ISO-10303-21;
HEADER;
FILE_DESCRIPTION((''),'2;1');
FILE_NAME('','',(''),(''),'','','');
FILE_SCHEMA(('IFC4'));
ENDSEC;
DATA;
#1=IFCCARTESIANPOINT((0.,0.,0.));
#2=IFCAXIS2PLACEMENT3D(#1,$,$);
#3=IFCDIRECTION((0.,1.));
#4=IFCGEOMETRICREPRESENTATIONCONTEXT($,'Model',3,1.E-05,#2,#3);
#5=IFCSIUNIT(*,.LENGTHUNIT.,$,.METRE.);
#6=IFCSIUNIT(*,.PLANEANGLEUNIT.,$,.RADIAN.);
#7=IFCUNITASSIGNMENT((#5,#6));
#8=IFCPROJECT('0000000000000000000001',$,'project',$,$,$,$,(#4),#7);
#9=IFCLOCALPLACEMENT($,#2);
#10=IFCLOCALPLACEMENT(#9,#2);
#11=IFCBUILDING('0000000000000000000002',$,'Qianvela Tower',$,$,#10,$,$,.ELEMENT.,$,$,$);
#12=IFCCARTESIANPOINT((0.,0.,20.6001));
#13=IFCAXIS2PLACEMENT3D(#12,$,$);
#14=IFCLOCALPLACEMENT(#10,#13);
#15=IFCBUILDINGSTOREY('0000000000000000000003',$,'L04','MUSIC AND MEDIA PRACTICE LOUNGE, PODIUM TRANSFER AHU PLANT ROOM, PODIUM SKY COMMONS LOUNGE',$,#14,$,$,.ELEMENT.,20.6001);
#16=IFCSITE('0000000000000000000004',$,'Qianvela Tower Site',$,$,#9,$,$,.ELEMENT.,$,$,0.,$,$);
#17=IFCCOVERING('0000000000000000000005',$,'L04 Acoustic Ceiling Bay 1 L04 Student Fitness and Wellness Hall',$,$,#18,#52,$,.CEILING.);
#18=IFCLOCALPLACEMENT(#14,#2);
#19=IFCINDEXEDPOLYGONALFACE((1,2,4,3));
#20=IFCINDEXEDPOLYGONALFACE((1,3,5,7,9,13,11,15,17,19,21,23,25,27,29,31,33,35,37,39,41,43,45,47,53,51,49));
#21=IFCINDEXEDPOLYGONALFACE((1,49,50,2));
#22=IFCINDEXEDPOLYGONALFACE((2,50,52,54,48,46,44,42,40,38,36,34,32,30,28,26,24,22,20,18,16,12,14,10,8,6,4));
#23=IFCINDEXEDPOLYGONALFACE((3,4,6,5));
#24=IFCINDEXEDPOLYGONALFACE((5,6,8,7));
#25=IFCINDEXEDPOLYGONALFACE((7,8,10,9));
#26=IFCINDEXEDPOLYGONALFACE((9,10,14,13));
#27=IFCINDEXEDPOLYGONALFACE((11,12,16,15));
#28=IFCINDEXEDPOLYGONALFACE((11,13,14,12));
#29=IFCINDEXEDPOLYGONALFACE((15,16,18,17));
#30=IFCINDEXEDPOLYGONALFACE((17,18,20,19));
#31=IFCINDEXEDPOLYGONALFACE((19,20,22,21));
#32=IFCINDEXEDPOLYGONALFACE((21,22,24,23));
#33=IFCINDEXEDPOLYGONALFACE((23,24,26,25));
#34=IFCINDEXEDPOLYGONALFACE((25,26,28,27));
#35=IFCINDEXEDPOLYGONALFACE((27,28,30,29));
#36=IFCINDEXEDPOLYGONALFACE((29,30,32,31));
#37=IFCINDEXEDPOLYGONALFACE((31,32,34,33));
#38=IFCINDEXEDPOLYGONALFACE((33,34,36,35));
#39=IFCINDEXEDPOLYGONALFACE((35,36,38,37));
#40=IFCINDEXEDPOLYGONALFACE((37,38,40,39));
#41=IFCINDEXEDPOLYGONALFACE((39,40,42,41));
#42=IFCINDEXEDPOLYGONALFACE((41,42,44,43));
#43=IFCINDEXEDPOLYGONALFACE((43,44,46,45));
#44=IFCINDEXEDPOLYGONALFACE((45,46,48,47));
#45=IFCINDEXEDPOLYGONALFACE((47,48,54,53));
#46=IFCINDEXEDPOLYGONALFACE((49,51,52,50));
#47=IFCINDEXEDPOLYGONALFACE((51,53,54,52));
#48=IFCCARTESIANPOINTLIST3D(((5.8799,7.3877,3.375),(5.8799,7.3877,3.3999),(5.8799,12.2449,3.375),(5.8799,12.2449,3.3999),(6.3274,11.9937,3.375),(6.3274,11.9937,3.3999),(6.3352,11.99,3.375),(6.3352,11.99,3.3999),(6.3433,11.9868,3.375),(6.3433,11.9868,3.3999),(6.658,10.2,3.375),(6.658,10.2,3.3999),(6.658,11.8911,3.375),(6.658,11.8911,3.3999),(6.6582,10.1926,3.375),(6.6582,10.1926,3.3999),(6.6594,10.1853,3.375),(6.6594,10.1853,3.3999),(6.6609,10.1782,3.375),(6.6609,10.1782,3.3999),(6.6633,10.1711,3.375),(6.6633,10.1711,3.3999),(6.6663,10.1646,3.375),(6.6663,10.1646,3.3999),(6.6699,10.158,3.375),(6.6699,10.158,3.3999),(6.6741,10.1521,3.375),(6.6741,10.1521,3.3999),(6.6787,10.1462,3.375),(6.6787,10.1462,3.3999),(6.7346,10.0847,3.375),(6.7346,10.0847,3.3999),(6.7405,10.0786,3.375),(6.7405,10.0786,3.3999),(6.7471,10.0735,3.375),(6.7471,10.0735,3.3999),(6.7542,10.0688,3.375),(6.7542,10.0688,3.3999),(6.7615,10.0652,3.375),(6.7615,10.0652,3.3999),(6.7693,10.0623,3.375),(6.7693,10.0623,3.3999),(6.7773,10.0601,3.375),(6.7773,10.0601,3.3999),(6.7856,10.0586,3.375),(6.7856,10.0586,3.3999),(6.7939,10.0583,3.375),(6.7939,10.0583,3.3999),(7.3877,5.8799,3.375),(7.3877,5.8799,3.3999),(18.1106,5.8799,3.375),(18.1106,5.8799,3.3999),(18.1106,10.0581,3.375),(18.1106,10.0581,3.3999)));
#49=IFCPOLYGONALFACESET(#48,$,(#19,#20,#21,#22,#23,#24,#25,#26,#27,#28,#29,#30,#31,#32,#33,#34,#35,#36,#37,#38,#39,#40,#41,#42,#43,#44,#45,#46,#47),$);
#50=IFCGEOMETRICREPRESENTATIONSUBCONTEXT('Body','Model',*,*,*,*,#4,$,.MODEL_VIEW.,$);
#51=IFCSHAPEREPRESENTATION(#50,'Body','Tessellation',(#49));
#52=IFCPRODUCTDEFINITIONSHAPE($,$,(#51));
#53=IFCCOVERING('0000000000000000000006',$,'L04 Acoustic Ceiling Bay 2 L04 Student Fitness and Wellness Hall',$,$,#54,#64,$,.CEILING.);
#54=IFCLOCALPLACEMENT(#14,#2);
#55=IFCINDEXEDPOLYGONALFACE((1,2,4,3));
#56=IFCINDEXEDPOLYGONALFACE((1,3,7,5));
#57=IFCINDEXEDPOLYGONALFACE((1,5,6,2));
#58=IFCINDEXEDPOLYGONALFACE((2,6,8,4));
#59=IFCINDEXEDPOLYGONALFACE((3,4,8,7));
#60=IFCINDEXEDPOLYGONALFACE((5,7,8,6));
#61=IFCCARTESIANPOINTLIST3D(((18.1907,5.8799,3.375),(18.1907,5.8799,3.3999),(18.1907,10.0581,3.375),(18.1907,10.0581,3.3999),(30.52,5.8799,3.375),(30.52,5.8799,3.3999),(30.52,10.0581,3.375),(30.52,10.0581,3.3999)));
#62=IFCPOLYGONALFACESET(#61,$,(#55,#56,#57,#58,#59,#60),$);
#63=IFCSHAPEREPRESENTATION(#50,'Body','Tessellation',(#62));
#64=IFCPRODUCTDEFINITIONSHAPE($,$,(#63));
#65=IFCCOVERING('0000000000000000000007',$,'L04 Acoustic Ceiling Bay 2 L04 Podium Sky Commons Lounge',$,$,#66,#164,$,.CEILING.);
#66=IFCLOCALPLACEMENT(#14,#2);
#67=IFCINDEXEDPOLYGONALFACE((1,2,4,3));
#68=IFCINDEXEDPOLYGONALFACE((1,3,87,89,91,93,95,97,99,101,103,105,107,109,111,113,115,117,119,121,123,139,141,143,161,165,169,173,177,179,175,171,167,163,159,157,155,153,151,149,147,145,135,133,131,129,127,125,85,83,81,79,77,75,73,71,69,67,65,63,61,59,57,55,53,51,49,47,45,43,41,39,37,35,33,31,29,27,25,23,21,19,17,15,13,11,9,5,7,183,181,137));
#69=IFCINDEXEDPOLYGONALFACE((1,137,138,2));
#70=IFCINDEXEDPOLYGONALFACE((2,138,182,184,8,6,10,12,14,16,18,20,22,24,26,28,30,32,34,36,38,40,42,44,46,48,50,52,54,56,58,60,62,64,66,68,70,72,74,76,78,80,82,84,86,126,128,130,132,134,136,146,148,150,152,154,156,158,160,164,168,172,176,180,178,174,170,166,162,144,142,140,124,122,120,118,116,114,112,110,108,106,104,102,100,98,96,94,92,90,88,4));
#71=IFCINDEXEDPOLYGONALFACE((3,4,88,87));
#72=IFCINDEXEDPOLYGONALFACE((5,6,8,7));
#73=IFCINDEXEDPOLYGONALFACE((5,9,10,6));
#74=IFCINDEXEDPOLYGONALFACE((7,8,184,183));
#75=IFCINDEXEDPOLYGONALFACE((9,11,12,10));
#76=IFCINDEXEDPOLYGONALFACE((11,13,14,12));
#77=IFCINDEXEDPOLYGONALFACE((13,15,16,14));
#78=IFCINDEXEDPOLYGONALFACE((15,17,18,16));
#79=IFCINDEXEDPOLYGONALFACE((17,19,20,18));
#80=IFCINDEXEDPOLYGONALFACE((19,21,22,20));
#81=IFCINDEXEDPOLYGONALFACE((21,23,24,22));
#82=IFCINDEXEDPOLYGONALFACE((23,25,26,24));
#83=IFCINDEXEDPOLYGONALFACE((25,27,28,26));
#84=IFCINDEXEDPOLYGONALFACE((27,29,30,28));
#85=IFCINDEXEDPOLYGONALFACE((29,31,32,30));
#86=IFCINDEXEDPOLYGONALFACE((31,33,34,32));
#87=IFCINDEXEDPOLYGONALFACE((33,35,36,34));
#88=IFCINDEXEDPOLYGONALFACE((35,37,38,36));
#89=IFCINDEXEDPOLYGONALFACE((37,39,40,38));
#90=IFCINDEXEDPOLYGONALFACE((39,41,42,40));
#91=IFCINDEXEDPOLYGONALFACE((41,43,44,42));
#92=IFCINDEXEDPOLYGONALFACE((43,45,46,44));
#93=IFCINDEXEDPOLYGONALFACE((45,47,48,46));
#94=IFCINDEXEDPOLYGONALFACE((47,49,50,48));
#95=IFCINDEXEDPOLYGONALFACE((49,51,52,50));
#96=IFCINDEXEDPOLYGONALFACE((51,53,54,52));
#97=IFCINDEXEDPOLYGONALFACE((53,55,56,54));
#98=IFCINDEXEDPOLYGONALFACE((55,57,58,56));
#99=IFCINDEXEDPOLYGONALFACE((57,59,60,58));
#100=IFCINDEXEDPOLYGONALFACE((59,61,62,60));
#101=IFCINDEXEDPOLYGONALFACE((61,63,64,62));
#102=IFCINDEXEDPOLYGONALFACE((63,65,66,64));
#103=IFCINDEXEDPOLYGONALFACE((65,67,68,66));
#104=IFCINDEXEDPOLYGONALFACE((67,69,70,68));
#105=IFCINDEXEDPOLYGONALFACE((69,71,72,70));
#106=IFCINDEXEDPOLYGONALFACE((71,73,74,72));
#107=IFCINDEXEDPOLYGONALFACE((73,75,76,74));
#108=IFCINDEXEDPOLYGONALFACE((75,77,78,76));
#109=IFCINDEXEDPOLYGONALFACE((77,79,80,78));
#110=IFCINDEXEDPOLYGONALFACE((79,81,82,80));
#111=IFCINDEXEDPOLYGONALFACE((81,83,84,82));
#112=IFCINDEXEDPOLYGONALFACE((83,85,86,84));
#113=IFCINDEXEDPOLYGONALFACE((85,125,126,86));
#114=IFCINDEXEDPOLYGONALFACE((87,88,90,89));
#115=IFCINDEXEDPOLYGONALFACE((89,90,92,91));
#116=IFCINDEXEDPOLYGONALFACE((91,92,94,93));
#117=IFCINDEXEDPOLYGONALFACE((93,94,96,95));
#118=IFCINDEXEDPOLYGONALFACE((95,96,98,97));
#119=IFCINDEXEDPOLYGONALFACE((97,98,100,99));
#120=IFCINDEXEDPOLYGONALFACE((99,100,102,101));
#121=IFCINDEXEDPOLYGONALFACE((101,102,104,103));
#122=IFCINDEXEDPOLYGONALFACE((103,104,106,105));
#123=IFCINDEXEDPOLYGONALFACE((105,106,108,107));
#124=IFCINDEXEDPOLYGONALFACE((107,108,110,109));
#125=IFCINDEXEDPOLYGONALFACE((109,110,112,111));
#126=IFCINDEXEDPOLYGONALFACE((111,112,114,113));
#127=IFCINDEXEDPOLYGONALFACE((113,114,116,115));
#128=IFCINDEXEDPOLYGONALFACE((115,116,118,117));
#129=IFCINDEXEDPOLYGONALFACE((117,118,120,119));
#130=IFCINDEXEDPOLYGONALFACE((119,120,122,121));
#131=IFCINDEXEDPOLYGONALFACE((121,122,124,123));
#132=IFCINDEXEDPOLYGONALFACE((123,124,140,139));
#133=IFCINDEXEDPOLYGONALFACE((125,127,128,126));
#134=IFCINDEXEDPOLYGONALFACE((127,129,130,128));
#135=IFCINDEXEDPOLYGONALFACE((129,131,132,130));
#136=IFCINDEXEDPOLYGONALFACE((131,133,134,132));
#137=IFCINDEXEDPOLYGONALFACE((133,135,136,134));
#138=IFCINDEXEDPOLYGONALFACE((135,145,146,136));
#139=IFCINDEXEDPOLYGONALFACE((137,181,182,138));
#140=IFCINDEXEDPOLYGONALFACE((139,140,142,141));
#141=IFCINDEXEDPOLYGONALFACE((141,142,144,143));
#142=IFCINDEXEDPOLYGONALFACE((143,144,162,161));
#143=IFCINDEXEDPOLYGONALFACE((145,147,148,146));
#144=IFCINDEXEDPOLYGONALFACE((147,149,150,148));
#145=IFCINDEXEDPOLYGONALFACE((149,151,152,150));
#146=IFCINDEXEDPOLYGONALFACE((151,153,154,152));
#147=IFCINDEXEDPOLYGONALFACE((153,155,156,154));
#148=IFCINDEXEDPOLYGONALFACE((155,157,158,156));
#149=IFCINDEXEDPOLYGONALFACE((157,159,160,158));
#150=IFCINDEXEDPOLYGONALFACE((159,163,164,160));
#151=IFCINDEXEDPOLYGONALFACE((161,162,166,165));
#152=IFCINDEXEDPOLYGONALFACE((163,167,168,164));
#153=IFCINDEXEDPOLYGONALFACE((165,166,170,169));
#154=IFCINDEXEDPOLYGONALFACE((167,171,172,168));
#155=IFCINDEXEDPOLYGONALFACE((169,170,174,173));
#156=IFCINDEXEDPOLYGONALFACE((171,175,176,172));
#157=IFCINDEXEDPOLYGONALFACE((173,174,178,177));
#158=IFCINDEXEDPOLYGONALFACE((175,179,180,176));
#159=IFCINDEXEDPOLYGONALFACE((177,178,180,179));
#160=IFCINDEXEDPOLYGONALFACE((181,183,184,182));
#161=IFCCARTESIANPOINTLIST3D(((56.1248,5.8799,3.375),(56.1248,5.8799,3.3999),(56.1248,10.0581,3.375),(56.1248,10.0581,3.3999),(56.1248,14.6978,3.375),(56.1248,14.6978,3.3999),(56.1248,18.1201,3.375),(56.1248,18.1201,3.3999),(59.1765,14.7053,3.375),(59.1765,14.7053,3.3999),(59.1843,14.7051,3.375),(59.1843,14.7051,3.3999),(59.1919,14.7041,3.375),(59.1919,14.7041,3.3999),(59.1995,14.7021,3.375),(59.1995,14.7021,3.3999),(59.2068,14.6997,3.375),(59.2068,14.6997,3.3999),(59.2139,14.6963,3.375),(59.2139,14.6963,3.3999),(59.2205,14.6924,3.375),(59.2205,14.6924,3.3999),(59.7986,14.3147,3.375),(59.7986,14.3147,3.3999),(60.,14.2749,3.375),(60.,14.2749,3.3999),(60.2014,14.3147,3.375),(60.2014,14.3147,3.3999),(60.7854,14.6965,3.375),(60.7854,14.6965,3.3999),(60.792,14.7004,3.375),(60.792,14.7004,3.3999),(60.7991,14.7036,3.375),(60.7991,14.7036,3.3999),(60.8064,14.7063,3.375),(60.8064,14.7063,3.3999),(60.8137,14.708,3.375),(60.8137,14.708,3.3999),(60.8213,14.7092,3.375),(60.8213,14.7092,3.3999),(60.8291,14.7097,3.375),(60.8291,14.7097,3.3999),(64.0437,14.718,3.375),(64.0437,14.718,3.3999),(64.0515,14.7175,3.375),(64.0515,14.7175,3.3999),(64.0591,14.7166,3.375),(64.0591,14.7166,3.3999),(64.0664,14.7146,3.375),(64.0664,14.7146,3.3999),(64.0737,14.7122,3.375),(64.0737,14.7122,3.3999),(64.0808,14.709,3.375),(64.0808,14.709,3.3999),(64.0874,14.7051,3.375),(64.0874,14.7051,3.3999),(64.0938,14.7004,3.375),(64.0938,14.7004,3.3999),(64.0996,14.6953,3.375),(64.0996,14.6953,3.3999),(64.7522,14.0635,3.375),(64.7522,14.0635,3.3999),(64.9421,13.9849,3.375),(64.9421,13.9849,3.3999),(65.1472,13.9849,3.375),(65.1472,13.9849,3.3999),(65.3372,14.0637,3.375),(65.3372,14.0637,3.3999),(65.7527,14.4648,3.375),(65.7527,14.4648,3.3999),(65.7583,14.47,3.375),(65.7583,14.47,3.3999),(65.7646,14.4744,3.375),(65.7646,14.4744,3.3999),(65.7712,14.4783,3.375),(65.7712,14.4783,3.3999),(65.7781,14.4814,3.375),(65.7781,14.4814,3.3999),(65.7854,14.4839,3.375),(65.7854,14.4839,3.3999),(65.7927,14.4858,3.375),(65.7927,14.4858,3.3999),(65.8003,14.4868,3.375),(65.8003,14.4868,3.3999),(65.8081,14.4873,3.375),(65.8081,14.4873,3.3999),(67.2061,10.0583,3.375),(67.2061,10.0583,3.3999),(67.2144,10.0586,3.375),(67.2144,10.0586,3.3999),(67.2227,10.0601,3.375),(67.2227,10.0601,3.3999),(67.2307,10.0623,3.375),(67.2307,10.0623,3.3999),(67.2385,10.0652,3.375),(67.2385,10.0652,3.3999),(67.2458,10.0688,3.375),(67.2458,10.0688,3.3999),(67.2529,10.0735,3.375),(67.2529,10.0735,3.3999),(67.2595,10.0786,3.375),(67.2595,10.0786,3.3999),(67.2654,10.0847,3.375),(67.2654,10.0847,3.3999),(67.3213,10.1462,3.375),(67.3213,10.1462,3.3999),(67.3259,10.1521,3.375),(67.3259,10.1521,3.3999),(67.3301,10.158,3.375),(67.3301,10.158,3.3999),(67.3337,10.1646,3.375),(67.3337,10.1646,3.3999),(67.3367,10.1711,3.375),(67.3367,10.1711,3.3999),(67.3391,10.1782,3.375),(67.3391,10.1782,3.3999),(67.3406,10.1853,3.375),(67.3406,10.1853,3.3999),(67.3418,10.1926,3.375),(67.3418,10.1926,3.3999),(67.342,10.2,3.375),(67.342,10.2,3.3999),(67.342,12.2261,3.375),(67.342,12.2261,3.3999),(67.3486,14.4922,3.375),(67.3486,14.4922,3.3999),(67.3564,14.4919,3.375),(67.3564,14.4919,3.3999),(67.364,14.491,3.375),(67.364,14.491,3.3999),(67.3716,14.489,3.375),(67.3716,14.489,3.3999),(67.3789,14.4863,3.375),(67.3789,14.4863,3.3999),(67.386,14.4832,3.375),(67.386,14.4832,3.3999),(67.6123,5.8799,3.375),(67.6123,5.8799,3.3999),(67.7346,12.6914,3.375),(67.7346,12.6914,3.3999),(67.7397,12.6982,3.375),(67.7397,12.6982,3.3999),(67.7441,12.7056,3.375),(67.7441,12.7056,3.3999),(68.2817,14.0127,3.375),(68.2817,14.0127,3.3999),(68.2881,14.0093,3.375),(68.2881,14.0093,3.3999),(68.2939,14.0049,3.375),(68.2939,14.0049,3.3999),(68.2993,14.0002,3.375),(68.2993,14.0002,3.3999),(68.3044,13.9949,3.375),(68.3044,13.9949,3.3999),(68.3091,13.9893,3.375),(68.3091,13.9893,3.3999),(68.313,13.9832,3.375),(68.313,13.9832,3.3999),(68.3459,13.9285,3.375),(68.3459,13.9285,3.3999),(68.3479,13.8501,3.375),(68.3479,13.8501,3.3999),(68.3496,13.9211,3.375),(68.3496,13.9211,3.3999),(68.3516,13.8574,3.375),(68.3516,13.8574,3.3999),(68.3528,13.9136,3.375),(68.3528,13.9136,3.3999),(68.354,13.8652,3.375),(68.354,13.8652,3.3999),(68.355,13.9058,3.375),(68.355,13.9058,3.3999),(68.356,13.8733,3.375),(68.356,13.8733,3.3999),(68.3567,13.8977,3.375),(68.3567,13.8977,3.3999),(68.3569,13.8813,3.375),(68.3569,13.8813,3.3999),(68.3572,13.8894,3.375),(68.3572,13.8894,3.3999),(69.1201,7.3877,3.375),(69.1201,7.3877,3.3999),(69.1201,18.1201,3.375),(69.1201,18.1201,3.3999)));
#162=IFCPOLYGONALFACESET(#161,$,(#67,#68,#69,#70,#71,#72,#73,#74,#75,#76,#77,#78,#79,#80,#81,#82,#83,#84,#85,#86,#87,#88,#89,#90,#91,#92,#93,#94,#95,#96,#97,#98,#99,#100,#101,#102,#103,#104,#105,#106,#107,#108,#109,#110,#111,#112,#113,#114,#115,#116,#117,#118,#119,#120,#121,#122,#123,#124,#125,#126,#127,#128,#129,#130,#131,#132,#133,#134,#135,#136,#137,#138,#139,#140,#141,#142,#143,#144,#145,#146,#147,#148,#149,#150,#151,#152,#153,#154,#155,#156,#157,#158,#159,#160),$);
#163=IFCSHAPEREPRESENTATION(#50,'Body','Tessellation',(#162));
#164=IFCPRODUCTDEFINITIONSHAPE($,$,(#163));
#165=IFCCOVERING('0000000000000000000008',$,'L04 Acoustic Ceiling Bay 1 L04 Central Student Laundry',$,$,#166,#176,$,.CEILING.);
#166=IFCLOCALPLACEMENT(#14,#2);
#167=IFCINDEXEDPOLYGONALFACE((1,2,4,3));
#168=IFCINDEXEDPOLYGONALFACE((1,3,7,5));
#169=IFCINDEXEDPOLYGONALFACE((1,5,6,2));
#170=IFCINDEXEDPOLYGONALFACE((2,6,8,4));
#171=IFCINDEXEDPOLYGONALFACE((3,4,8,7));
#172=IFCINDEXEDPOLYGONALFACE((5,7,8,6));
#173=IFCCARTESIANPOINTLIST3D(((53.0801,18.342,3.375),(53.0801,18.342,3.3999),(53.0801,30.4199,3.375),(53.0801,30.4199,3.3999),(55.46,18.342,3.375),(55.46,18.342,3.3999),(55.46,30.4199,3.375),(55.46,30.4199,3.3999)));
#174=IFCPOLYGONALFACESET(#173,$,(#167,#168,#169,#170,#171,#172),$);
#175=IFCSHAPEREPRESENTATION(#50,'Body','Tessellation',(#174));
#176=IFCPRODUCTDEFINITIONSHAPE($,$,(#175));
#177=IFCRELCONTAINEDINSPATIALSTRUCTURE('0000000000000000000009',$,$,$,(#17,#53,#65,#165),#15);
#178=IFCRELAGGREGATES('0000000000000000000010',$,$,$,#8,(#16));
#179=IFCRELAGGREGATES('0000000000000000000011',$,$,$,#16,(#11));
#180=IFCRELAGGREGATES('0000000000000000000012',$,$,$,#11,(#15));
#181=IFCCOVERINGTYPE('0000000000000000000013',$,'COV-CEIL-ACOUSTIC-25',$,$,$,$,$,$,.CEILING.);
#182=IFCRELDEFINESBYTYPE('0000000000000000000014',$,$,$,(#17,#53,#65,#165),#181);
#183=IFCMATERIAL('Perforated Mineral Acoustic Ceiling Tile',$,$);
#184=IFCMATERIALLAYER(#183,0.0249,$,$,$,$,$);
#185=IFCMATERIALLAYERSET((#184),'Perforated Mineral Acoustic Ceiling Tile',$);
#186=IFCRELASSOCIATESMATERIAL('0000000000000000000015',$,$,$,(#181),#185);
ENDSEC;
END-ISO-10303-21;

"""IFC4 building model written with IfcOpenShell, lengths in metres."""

from ifc_helpers import new_model, si_unit, direction, frame, origin, place, context, subcontext, project, spatial, polyline, outline, extrude, material, layer, layer_set, type_object, element, save


model = new_model("IFC4")

# Units and contexts
model_context = context("Model", 3, precision=1e-05, world=origin(), true_north=direction((0.0, 1.0)))
body_context = subcontext(model_context, "Body", "Model", "MODEL_VIEW")
ifc_project = project(units=[si_unit("LENGTHUNIT", "METRE"), si_unit("PLANEANGLEUNIT", "RADIAN")], contexts=[model_context])

# Site, building, storey
site_placement = place(None, origin())
site = spatial("IfcSite", under=ifc_project, at=site_placement, Name="Qianvela Tower Site", CompositionType="ELEMENT", RefElevation=0.0)
building_placement = place(site_placement, origin())
building = spatial("IfcBuilding", under=site, at=building_placement, Name="Qianvela Tower", CompositionType="ELEMENT")
storey_placement = place(building_placement, frame((0.0, 0.0, 20.6001)))
storey = spatial("IfcBuildingStorey", under=building, at=storey_placement, Name="L04", Description="MUSIC AND MEDIA PRACTICE LOUNGE, PODIUM TRANSFER AHU PLANT ROOM, PODIUM SKY COMMONS LOUNGE", CompositionType="ELEMENT", Elevation=20.6001)

# Coverings
ifc_material_1 = material(Name="Perforated Mineral Acoustic Ceiling Tile")
ifc_layer_1 = layer(ifc_material_1, 0.0249)
ifc_layer_set_1 = layer_set([ifc_layer_1], Name="Perforated Mineral Acoustic Ceiling Tile")
covering_type_1 = type_object("IfcCoveringType", Name="COV-CEIL-ACOUSTIC-25", PredefinedType="CEILING", material=ifc_layer_set_1)
covering_1_placement = place(storey_placement, frame((0.0, 0.0, 3.375)))
element("IfcCovering", 1, at=covering_1_placement, inside=storey, type_object=covering_type_1, Name="L04 Acoustic Ceiling Bay 1 L04 Student Fitness and Wellness Hall", PredefinedType="CEILING", context=body_context, shape_type="SweptSolid", body=[
    extrude(outline(polyline([(7.3877, 5.8799), (5.8799, 7.3877), (5.8799, 12.2449), (6.3274, 11.9937), (6.3352, 11.99), (6.3433, 11.9868), (6.658, 11.8911), (6.658, 10.2), (6.6582, 10.1926), (6.6594, 10.1853), (6.6609, 10.1782), (6.6633, 10.1711), (6.6663, 10.1646), (6.6699, 10.158), (6.6741, 10.1521), (6.6787, 10.1462), (6.7346, 10.0847), (6.7405, 10.0786), (6.7471, 10.0735), (6.7542, 10.0688), (6.7615, 10.0652), (6.7693, 10.0623), (6.7773, 10.0601), (6.7856, 10.0586), (6.7939, 10.0583), (18.1106, 10.0581), (18.1106, 5.8799), (7.3877, 5.8799)])), origin(), (0.0, 0.0, 1.0), 0.0249),
])
covering_2_placement = place(storey_placement, frame((0.0, 0.0, 3.375)))
element("IfcCovering", 2, at=covering_2_placement, inside=storey, type_object=covering_type_1, Name="L04 Acoustic Ceiling Bay 2 L04 Student Fitness and Wellness Hall", PredefinedType="CEILING", context=body_context, shape_type="SweptSolid", body=[
    extrude(outline(polyline([(18.1907, 5.8799), (18.1907, 10.0581), (30.52, 10.0581), (30.52, 5.8799), (18.1907, 5.8799)])), origin(), (0.0, 0.0, 1.0), 0.0249),
])
covering_3_placement = place(storey_placement, frame((0.0, 0.0, 3.375)))
element("IfcCovering", 3, at=covering_3_placement, inside=storey, type_object=covering_type_1, Name="L04 Acoustic Ceiling Bay 2 L04 Podium Sky Commons Lounge", PredefinedType="CEILING", context=body_context, shape_type="SweptSolid", body=[
    extrude(outline(polyline([(69.1201, 7.3877), (67.6123, 5.8799), (56.1248, 5.8799), (56.1248, 10.0581), (67.2061, 10.0583), (67.2144, 10.0586), (67.2227, 10.0601), (67.2307, 10.0623), (67.2385, 10.0652), (67.2458, 10.0688), (67.2529, 10.0735), (67.2595, 10.0786), (67.2654, 10.0847), (67.3213, 10.1462), (67.3259, 10.1521), (67.3301, 10.158), (67.3337, 10.1646), (67.3367, 10.1711), (67.3391, 10.1782), (67.3406, 10.1853), (67.3418, 10.1926), (67.342, 10.2), (67.342, 12.2261), (67.7346, 12.6914), (67.7397, 12.6982), (67.7441, 12.7056), (68.3479, 13.8501), (68.3516, 13.8574), (68.354, 13.8652), (68.356, 13.8733), (68.3569, 13.8813), (68.3572, 13.8894), (68.3567, 13.8977), (68.355, 13.9058), (68.3528, 13.9136), (68.3496, 13.9211), (68.3459, 13.9285), (68.313, 13.9832), (68.3091, 13.9893), (68.3044, 13.9949), (68.2993, 14.0002), (68.2939, 14.0049), (68.2881, 14.0093), (68.2817, 14.0127), (67.386, 14.4832), (67.3789, 14.4863), (67.3716, 14.489), (67.364, 14.491), (67.3564, 14.4919), (67.3486, 14.4922), (65.8081, 14.4873), (65.8003, 14.4868), (65.7927, 14.4858), (65.7854, 14.4839), (65.7781, 14.4814), (65.7712, 14.4783), (65.7646, 14.4744), (65.7583, 14.47), (65.7527, 14.4648), (65.3372, 14.0637), (65.1472, 13.9849), (64.9421, 13.9849), (64.7522, 14.0635), (64.0996, 14.6953), (64.0938, 14.7004), (64.0874, 14.7051), (64.0808, 14.709), (64.0737, 14.7122), (64.0664, 14.7146), (64.0591, 14.7166), (64.0515, 14.7175), (64.0437, 14.718), (60.8291, 14.7097), (60.8213, 14.7092), (60.8137, 14.708), (60.8064, 14.7063), (60.7991, 14.7036), (60.792, 14.7004), (60.7854, 14.6965), (60.2014, 14.3147), (60.0, 14.2749), (59.7986, 14.3147), (59.2205, 14.6924), (59.2139, 14.6963), (59.2068, 14.6997), (59.1995, 14.7021), (59.1919, 14.7041), (59.1843, 14.7051), (59.1765, 14.7053), (56.1248, 14.6978), (56.1248, 18.1201), (69.1201, 18.1201), (69.1201, 7.3877)])), origin(), (0.0, 0.0, 1.0), 0.0249),
])
covering_4_placement = place(storey_placement, frame((0.0, 0.0, 3.375)))
element("IfcCovering", 4, at=covering_4_placement, inside=storey, type_object=covering_type_1, Name="L04 Acoustic Ceiling Bay 1 L04 Central Student Laundry", PredefinedType="CEILING", context=body_context, shape_type="SweptSolid", body=[
    extrude(outline(polyline([(53.0801, 18.342), (53.0801, 30.4199), (55.46, 30.4199), (55.46, 18.342), (53.0801, 18.342)])), origin(), (0.0, 0.0, 1.0), 0.0249),
])

save(model, "model.ifc")
